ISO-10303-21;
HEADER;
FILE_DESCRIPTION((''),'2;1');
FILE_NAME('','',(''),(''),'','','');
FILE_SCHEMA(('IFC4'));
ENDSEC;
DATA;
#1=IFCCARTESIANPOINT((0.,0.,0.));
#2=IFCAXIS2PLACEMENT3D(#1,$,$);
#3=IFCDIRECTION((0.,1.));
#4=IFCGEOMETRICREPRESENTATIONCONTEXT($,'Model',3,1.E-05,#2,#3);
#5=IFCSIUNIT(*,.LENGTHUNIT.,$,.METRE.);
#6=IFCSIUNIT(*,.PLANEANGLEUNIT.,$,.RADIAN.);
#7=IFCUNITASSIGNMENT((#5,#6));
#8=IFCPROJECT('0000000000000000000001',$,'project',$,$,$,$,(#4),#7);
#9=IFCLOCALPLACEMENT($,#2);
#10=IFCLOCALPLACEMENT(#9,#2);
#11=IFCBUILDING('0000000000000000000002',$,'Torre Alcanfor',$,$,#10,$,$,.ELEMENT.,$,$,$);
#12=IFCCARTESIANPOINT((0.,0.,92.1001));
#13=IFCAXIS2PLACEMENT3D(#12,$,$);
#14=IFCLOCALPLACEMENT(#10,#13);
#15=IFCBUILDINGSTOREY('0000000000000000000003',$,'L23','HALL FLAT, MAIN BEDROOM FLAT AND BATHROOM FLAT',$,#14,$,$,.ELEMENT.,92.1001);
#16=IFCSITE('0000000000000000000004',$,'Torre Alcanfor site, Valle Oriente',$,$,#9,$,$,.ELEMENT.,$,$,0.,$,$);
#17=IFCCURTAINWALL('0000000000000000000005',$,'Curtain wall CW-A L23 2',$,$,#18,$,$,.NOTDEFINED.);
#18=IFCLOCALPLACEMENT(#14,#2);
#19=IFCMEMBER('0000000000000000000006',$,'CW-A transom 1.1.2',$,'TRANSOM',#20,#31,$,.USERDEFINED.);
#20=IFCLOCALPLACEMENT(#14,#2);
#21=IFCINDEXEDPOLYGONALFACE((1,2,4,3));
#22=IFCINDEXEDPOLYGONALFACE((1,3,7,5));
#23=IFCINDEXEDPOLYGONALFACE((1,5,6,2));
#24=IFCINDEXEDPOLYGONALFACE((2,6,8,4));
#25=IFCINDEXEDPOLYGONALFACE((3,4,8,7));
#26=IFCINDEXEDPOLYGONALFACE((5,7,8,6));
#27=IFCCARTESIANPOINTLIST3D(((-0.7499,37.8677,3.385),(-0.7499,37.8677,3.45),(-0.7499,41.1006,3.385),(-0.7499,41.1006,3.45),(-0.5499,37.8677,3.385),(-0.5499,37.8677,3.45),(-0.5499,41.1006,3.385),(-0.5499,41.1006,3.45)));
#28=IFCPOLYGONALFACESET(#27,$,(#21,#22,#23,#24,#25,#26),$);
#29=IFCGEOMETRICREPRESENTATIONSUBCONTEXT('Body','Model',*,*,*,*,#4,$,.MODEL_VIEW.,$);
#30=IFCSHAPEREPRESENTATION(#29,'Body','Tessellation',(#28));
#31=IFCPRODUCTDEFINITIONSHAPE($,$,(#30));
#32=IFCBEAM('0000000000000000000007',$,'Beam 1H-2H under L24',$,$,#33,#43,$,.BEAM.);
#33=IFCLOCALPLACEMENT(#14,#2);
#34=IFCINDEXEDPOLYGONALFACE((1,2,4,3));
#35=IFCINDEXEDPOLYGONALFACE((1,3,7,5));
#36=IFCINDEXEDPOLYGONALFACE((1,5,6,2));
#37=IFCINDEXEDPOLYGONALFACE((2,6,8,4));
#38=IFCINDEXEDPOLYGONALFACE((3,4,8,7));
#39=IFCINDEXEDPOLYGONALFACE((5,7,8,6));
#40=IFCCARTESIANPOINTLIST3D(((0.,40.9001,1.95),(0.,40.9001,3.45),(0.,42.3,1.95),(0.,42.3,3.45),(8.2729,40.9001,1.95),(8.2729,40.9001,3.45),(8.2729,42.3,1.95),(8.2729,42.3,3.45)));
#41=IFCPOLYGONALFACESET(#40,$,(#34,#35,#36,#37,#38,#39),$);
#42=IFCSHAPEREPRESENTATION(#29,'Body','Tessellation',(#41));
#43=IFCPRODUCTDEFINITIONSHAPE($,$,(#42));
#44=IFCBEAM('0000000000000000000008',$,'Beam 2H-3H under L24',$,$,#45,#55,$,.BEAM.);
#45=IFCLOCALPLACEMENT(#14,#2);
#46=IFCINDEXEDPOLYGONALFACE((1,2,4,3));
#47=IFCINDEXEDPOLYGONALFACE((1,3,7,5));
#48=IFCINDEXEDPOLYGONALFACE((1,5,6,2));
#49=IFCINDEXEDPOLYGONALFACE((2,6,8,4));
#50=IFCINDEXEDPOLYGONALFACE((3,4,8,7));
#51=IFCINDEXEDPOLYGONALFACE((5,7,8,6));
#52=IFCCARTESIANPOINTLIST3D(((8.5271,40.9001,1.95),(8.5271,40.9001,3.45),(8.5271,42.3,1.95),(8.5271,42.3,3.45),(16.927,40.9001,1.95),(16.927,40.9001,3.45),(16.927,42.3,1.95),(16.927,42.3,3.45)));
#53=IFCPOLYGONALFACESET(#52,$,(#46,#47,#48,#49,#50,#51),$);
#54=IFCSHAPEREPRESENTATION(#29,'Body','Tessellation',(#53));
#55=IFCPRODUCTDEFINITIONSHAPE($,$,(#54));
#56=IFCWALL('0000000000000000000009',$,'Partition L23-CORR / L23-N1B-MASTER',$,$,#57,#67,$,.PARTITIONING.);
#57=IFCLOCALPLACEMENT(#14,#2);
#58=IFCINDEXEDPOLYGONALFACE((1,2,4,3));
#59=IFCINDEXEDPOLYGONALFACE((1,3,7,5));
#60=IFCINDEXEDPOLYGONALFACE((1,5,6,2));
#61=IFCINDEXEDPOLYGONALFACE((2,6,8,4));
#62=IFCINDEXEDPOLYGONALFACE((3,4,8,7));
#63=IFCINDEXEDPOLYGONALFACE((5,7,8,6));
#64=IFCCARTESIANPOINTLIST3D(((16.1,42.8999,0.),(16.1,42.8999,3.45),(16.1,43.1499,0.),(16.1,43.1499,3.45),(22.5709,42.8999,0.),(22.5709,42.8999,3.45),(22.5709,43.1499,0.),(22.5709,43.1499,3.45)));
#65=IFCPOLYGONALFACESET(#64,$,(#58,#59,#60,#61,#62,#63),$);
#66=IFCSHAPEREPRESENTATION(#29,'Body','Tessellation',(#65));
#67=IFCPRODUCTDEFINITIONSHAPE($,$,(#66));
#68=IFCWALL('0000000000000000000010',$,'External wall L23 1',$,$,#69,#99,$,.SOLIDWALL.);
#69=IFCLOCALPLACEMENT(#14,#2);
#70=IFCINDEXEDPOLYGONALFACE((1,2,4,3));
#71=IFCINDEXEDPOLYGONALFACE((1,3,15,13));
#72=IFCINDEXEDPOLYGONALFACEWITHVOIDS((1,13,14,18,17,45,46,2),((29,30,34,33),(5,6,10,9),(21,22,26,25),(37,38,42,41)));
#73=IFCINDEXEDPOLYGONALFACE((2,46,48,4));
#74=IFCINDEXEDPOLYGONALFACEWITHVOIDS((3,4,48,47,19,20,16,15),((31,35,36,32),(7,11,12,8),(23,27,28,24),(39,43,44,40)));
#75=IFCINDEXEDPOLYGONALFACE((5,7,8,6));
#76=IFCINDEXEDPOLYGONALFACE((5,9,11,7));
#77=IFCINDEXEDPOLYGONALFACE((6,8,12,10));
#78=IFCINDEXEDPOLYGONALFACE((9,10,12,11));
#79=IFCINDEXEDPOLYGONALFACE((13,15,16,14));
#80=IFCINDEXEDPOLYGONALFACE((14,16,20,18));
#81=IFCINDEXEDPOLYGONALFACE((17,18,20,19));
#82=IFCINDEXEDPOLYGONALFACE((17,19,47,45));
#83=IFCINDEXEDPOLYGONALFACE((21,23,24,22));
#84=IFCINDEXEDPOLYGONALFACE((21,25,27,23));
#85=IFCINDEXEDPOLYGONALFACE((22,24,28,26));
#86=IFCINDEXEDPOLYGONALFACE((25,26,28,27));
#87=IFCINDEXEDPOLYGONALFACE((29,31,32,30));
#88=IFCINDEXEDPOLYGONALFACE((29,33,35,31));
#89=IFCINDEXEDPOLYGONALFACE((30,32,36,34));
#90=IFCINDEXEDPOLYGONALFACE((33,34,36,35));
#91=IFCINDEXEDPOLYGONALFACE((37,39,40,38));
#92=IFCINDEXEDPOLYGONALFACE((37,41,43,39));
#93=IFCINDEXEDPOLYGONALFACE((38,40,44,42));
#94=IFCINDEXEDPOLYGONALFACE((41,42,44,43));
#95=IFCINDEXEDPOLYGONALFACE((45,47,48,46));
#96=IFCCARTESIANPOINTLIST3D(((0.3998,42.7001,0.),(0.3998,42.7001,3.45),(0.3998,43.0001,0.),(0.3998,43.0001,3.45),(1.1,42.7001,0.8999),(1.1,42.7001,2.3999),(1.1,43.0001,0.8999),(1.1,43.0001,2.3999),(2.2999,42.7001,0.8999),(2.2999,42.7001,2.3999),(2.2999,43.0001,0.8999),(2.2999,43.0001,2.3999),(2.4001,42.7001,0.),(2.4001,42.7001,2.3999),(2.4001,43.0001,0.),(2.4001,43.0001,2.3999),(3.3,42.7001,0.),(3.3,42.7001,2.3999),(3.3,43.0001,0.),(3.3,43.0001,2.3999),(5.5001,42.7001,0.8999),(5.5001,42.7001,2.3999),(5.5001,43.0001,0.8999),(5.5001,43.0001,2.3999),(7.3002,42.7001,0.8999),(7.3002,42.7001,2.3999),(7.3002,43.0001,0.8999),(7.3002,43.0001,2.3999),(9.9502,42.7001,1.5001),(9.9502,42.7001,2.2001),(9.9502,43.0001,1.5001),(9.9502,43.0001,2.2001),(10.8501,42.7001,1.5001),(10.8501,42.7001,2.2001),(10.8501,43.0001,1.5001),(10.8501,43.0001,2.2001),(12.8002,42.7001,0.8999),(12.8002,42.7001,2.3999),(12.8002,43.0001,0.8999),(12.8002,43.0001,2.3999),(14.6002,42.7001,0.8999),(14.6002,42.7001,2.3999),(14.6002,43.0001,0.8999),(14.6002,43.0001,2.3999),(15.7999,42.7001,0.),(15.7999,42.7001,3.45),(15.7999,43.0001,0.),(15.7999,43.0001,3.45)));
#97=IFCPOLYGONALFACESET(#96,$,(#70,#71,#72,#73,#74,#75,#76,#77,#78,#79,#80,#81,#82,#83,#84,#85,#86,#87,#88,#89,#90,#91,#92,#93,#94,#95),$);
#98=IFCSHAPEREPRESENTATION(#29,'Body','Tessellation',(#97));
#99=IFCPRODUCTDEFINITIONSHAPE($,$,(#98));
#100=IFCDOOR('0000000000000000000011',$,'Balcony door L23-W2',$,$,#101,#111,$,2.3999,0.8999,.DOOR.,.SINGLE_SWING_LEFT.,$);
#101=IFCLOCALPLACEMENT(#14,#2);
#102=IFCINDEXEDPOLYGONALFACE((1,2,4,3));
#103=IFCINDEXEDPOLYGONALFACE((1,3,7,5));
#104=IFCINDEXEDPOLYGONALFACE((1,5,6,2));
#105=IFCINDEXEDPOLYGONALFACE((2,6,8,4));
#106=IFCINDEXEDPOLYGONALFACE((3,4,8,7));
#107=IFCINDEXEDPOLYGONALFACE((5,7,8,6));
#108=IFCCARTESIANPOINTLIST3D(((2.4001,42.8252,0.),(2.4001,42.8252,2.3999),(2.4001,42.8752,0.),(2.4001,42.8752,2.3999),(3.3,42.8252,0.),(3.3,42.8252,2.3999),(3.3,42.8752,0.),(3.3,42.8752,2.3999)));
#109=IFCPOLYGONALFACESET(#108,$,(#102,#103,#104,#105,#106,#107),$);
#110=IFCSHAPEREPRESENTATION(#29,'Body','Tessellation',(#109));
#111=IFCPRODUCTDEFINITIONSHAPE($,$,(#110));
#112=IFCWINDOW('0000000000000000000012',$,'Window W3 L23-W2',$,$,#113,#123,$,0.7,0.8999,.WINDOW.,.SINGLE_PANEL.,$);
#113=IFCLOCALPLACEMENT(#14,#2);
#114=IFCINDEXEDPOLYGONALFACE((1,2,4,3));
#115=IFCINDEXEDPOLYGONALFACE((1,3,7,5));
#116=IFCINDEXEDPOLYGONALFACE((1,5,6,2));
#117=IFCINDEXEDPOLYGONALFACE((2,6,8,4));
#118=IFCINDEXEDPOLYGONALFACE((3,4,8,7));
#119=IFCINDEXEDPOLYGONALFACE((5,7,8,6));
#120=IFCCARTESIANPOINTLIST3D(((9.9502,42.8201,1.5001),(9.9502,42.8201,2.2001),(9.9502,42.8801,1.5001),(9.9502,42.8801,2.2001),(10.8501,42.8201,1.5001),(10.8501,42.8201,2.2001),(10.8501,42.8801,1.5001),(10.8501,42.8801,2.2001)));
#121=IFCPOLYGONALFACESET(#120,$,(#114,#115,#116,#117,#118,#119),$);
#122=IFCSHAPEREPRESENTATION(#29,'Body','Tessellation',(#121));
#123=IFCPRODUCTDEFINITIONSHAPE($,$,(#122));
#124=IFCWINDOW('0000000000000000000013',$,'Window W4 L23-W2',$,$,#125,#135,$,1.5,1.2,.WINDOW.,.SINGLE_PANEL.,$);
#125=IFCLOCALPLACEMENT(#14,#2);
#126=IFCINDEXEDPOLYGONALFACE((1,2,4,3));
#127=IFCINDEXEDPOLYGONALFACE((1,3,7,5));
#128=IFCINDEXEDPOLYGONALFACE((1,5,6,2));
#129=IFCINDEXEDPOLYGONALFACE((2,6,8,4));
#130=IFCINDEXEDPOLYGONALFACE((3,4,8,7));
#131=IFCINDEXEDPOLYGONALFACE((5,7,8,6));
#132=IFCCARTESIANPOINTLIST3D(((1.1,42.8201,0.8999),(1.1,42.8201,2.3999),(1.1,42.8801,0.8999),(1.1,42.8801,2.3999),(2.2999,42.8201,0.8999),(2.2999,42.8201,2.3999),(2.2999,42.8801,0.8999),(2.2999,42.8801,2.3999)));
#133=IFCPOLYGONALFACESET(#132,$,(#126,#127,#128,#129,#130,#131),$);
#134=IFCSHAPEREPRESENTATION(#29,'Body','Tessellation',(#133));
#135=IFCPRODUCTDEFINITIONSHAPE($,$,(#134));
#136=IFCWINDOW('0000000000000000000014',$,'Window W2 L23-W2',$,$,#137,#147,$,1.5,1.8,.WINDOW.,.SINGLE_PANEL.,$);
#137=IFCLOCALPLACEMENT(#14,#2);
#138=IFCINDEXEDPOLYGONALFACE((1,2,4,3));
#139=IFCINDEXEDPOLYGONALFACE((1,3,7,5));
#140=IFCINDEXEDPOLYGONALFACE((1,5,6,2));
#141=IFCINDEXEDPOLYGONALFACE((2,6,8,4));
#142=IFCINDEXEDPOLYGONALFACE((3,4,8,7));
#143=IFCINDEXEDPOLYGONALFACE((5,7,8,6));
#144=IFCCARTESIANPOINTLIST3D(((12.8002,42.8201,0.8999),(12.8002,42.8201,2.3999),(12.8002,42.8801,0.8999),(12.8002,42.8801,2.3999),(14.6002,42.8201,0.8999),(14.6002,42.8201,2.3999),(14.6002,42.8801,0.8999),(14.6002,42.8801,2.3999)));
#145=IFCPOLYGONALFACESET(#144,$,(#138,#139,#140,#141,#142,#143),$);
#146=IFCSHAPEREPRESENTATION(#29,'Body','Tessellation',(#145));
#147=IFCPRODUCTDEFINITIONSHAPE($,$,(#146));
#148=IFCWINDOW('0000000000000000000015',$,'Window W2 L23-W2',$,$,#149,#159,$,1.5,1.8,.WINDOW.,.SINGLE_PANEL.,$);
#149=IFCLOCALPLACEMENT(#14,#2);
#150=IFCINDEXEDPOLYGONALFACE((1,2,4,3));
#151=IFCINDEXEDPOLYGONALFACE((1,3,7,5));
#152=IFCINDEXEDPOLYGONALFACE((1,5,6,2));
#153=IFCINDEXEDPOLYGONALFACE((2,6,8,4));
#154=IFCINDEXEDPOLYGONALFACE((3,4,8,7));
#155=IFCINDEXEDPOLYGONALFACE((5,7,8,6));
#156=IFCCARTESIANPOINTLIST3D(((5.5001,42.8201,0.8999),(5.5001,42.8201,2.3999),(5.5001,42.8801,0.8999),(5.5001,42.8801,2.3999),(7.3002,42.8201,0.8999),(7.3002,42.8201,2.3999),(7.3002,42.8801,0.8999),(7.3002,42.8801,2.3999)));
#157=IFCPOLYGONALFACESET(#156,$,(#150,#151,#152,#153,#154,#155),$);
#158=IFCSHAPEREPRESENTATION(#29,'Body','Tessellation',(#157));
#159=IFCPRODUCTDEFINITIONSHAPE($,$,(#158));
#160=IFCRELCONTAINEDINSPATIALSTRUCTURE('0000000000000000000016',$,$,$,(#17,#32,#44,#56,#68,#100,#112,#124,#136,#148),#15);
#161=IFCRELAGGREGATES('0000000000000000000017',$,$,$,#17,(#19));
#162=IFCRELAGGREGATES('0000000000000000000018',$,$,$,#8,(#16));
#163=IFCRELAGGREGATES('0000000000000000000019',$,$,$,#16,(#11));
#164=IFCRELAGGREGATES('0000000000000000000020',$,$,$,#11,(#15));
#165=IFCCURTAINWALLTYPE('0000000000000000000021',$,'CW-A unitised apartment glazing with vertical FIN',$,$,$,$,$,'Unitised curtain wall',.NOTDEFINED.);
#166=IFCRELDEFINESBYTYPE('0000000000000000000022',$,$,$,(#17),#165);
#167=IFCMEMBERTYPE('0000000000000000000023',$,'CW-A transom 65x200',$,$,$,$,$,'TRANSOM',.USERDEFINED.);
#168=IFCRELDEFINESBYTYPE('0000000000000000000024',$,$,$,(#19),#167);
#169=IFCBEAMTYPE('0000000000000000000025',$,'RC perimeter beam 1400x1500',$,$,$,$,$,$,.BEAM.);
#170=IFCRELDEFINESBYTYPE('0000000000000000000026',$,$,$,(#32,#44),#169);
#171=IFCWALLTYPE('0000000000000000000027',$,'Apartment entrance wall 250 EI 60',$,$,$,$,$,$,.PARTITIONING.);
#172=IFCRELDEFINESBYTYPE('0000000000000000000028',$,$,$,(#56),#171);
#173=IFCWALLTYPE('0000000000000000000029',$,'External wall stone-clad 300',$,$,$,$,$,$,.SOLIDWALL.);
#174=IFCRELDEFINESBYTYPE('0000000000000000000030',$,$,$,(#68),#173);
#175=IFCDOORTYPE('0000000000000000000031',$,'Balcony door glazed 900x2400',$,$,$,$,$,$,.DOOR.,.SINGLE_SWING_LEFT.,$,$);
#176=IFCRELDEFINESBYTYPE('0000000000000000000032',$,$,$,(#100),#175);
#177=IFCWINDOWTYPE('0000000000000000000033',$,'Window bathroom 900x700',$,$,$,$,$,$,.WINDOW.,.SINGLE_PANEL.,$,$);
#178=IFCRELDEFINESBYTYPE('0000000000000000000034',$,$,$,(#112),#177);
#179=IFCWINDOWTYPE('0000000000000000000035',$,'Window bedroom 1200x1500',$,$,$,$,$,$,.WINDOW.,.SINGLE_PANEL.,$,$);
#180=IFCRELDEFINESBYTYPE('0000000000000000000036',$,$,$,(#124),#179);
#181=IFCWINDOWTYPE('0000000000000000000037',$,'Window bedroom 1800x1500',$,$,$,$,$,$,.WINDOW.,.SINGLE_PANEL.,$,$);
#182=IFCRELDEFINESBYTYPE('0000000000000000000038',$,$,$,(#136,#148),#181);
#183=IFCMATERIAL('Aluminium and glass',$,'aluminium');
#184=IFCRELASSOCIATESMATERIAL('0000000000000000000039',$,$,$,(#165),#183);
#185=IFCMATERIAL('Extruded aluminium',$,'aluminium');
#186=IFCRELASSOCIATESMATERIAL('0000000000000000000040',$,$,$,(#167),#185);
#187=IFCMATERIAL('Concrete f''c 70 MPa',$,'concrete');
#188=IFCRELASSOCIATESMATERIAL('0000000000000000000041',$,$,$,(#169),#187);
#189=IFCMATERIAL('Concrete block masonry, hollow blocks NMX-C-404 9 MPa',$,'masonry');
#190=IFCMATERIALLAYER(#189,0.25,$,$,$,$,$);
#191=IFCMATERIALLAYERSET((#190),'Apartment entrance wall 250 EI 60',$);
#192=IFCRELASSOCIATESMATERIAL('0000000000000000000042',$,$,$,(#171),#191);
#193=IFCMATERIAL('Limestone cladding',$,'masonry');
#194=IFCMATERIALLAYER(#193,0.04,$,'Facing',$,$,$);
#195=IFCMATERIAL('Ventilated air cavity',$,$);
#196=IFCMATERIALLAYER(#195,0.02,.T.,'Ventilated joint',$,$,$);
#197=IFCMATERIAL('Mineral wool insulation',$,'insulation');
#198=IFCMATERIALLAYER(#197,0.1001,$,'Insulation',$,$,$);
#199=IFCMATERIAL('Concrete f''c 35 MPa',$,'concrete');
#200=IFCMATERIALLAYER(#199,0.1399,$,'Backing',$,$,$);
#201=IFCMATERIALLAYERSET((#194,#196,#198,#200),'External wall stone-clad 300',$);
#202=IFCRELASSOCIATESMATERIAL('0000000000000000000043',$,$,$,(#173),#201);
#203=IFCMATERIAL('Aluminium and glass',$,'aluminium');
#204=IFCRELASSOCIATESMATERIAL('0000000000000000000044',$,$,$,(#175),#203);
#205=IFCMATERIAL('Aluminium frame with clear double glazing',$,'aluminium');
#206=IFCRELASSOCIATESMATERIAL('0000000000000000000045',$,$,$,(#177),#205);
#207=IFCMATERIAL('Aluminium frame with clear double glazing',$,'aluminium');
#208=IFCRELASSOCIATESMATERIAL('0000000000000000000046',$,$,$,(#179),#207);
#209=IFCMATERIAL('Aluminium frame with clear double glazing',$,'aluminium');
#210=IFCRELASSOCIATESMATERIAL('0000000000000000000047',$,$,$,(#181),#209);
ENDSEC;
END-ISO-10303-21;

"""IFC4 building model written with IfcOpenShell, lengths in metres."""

from ifc_helpers import new_model, si_unit, direction, frame, frame_2d, origin, origin_2d, place, context, subcontext, project, spatial, rectangle, extrude, material, layer, layer_set, material_profile, profile_set, type_object, element, fill, aggregate, save


model = new_model("IFC4")

# Units and contexts
model_context = context("Model", 3, precision=1e-05, world=origin(), true_north=direction((0.0, 1.0)))
body_context = subcontext(model_context, "Body", "Model", "MODEL_VIEW")
ifc_project = project(units=[si_unit("LENGTHUNIT", "METRE"), si_unit("PLANEANGLEUNIT", "RADIAN")], contexts=[model_context])

# Site, building, storey
site_placement = place(None, origin())
site = spatial("IfcSite", under=ifc_project, at=site_placement, Name="Torre Alcanfor site, Valle Oriente", CompositionType="ELEMENT", RefElevation=0.0)
building_placement = place(site_placement, origin())
building = spatial("IfcBuilding", under=site, at=building_placement, Name="Torre Alcanfor", CompositionType="ELEMENT")
storey_placement = place(building_placement, frame((0.0, 0.0, 92.1001)))
storey = spatial("IfcBuildingStorey", under=building, at=storey_placement, Name="L23", Description="HALL FLAT, MAIN BEDROOM FLAT AND BATHROOM FLAT", CompositionType="ELEMENT", Elevation=92.1001)

# Curtain wall, member
ifc_material_1 = material(Name="Aluminium and glass", Category="aluminium")
curtain_wall_type = type_object("IfcCurtainWallType", Name="CW-A unitised apartment glazing with vertical FIN", ElementType="Unitised curtain wall", PredefinedType="NOTDEFINED", material=ifc_material_1)
curtain_wall_placement = place(storey_placement, origin())
curtain_wall = element("IfcCurtainWall", 1, at=curtain_wall_placement, inside=storey, type_object=curtain_wall_type, Name="Curtain wall CW-A L23 2", PredefinedType="NOTDEFINED")
ifc_material_2 = material(Name="Extruded aluminium", Category="aluminium")
ifc_material_profile_1 = material_profile(ifc_material_2, rectangle(XDim=0.2, YDim=0.0649, at=origin_2d()), Name="CW-A transom 200x65")
ifc_profile_set_1 = profile_set([ifc_material_profile_1], Name="Extruded aluminium")
member_type_1 = type_object("IfcMemberType", Name="CW-A transom 65x200", ElementType="TRANSOM", PredefinedType="USERDEFINED", material=ifc_profile_set_1)
member_1_placement = place(storey_placement, frame((-0.6499, 41.1006, 3.4175), z_axis=(0.0, -1.0, 0.0), x_axis=(1.0, 0.0, 0.0)))
member_1 = element("IfcMember", 2, at=member_1_placement, type_object=member_type_1, Name="CW-A transom 1.1.2", ObjectType="TRANSOM", PredefinedType="USERDEFINED", context=body_context, shape_type="SweptSolid", body=[
    extrude(rectangle(XDim=0.2, YDim=0.0649, at=origin_2d()), origin(), (0.0, 0.0, 1.0), 3.2329),
])
aggregate(curtain_wall, [member_1])

# Beams
ifc_material_3 = material(Name="Concrete f'c 70 MPa", Category="concrete")
ifc_material_profile_2 = material_profile(ifc_material_3, rectangle(XDim=1.3999, YDim=1.5, at=origin_2d()), Name="1400x1500")
ifc_profile_set_2 = profile_set([ifc_material_profile_2], Name="Concrete f'c 70 MPa")
beam_type_1 = type_object("IfcBeamType", Name="RC perimeter beam 1400x1500", PredefinedType="BEAM", material=ifc_profile_set_2)
beam_1_placement = place(storey_placement, frame((0.0, 41.6001, 2.7), z_axis=(1.0, 0.0, 0.0), x_axis=(0.0, 1.0, 0.0)))
element("IfcBeam", 3, at=beam_1_placement, inside=storey, type_object=beam_type_1, Name="Beam 1H-2H under L24", PredefinedType="BEAM", context=body_context, shape_type="SweptSolid", body=[
    extrude(rectangle(XDim=1.3999, YDim=1.5, at=origin_2d()), origin(), (0.0, 0.0, 1.0), 8.2729),
])
beam_2_placement = place(storey_placement, frame((8.5271, 41.6001, 2.7), z_axis=(1.0, 0.0, 0.0), x_axis=(0.0, 1.0, 0.0)))
element("IfcBeam", 4, at=beam_2_placement, inside=storey, type_object=beam_type_1, Name="Beam 2H-3H under L24", PredefinedType="BEAM", context=body_context, shape_type="SweptSolid", body=[
    extrude(rectangle(XDim=1.3999, YDim=1.5, at=origin_2d()), origin(), (0.0, 0.0, 1.0), 8.3999),
])

# Wall
ifc_material_4 = material(Name="Concrete block masonry, hollow blocks NMX-C-404 9 MPa", Category="masonry")
ifc_layer_1 = layer(ifc_material_4, 0.25)
ifc_layer_set_1 = layer_set([ifc_layer_1], Name="Apartment entrance wall 250 EI 60")
wall_type_1 = type_object("IfcWallType", Name="Apartment entrance wall 250 EI 60", PredefinedType="PARTITIONING", material=ifc_layer_set_1)
wall_1_placement = place(storey_placement, frame((16.1001, 43.0249, 0.0), z_axis=(0.0, 0.0, 1.0), x_axis=(1.0, 0.0, 0.0)))
element("IfcWall", 5, at=wall_1_placement, inside=storey, type_object=wall_type_1, Name="Partition L23-CORR / L23-N1B-MASTER", PredefinedType="PARTITIONING", context=body_context, shape_type="SweptSolid", body=[
    extrude(rectangle(XDim=6.4709, YDim=0.25, at=frame_2d((3.2354, 0.0))), origin(), (0.0, 0.0, 1.0), 3.45),
])

# Wall, openings, door, windows
ifc_material_5 = material(Name="Limestone cladding", Category="masonry")
ifc_layer_2 = layer(ifc_material_5, 0.04, Name="Facing")
ifc_material_6 = material(Name="Ventilated air cavity")
ifc_layer_3 = layer(ifc_material_6, 0.02, ventilated=True, Name="Ventilated joint")
ifc_material_7 = material(Name="Mineral wool insulation", Category="insulation")
ifc_layer_4 = layer(ifc_material_7, 0.1001, Name="Insulation")
ifc_material_8 = material(Name="Concrete f'c 35 MPa", Category="concrete")
ifc_layer_5 = layer(ifc_material_8, 0.1399, Name="Backing")
ifc_layer_set_2 = layer_set([ifc_layer_2, ifc_layer_3, ifc_layer_4, ifc_layer_5], Name="External wall stone-clad 300")
wall_type_2 = type_object("IfcWallType", Name="External wall stone-clad 300", PredefinedType="SOLIDWALL", material=ifc_layer_set_2)
wall_2_placement = place(storey_placement, frame((15.8, 42.8501, 0.0), z_axis=(0.0, 0.0, 1.0), x_axis=(-1.0, 0.0, 0.0)))
wall_2 = element("IfcWall", 6, at=wall_2_placement, inside=storey, type_object=wall_type_2, Name="External wall L23 1", PredefinedType="SOLIDWALL", context=body_context, shape_type="SweptSolid", body=[
    extrude(rectangle(XDim=15.4001, YDim=0.3, at=frame_2d((7.7002, 0.0))), origin(), (0.0, 0.0, 1.0), 3.45),
])
opening_1_placement = place(wall_2_placement, frame((1.2, 0.0, 0.8999)))
opening_1 = element("IfcOpeningElement", 7, at=opening_1_placement, cuts=wall_2, PredefinedType="OPENING", context=body_context, shape_type="SweptSolid", body=[
    extrude(rectangle(XDim=1.8, YDim=1.5, at=frame_2d((0.8999, 0.75))), frame((0.0, 0.1599, 0.0), z_axis=(0.0, -1.0, 0.0), x_axis=(1.0, 0.0, 0.0)), (0.0, 0.0, 1.0), 0.3201),
])
opening_2_placement = place(wall_2_placement, frame((4.95, 0.0, 1.5)))
opening_2 = element("IfcOpeningElement", 8, at=opening_2_placement, cuts=wall_2, PredefinedType="OPENING", context=body_context, shape_type="SweptSolid", body=[
    extrude(rectangle(XDim=0.8999, YDim=0.7, at=frame_2d((0.45, 0.3501))), frame((0.0, 0.1599, 0.0), z_axis=(0.0, -1.0, 0.0), x_axis=(1.0, 0.0, 0.0)), (0.0, 0.0, 1.0), 0.3201),
])
opening_3_placement = place(wall_2_placement, frame((8.5, 0.0, 0.8999)))
opening_3 = element("IfcOpeningElement", 9, at=opening_3_placement, cuts=wall_2, PredefinedType="OPENING", context=body_context, shape_type="SweptSolid", body=[
    extrude(rectangle(XDim=1.8, YDim=1.5, at=frame_2d((0.8999, 0.75))), frame((0.0, 0.1599, 0.0), z_axis=(0.0, -1.0, 0.0), x_axis=(1.0, 0.0, 0.0)), (0.0, 0.0, 1.0), 0.3201),
])
opening_4_placement = place(wall_2_placement, frame((12.5, 0.0, 0.0)))
opening_4 = element("IfcOpeningElement", 10, at=opening_4_placement, cuts=wall_2, PredefinedType="OPENING", context=body_context, shape_type="SweptSolid", body=[
    extrude(rectangle(XDim=0.8999, YDim=2.3999, at=frame_2d((0.45, 1.2))), frame((0.0, 0.1599, 0.0), z_axis=(0.0, -1.0, 0.0), x_axis=(1.0, 0.0, 0.0)), (0.0, 0.0, 1.0), 0.3201),
])
opening_5_placement = place(wall_2_placement, frame((13.5, 0.0, 0.8999)))
opening_5 = element("IfcOpeningElement", 11, at=opening_5_placement, cuts=wall_2, PredefinedType="OPENING", context=body_context, shape_type="SweptSolid", body=[
    extrude(rectangle(XDim=1.2, YDim=1.5, at=frame_2d((0.6001, 0.75))), frame((0.0, 0.1599, 0.0), z_axis=(0.0, -1.0, 0.0), x_axis=(1.0, 0.0, 0.0)), (0.0, 0.0, 1.0), 0.3201),
])
ifc_material_9 = material(Name="Aluminium and glass", Category="aluminium")
door_type = type_object("IfcDoorType", Name="Balcony door glazed 900x2400", OperationType="SINGLE_SWING_LEFT", PredefinedType="DOOR", material=ifc_material_9)
door_1_placement = place(opening_4_placement, origin())
door_1 = element("IfcDoor", 12, at=door_1_placement, inside=storey, type_object=door_type, Name="Balcony door L23-W2", OperationType="SINGLE_SWING_LEFT", OverallHeight=2.3999, OverallWidth=0.8999, PredefinedType="DOOR", context=body_context, shape_type="SweptSolid", body=[
    extrude(rectangle(XDim=0.8999, YDim=2.3999, at=frame_2d((0.45, 1.2))), frame((0.0, 0.0249, 0.0), z_axis=(0.0, -1.0, 0.0), x_axis=(1.0, 0.0, 0.0)), (0.0, 0.0, 1.0), 0.05),
])
fill(opening_4, door_1)
ifc_material_10 = material(Name="Aluminium frame with clear double glazing", Category="aluminium")
window_type_1 = type_object("IfcWindowType", Name="Window bathroom 900x700", PartitioningType="SINGLE_PANEL", PredefinedType="WINDOW", material=ifc_material_10)
window_1_placement = place(opening_2_placement, origin())
window_1 = element("IfcWindow", 13, at=window_1_placement, inside=storey, type_object=window_type_1, Name="Window W3 L23-W2", OverallHeight=0.7, OverallWidth=0.8999, PartitioningType="SINGLE_PANEL", PredefinedType="WINDOW", context=body_context, shape_type="SweptSolid", body=[
    extrude(rectangle(XDim=0.8999, YDim=0.7, at=frame_2d((0.45, 0.3501))), frame((0.0, 0.03, 0.0), z_axis=(0.0, -1.0, 0.0), x_axis=(1.0, 0.0, 0.0)), (0.0, 0.0, 1.0), 0.0601),
])
fill(opening_2, window_1)
ifc_material_11 = material(Name="Aluminium frame with clear double glazing", Category="aluminium")
window_type_2 = type_object("IfcWindowType", Name="Window bedroom 1200x1500", PartitioningType="SINGLE_PANEL", PredefinedType="WINDOW", material=ifc_material_11)
window_2_placement = place(opening_5_placement, origin())
window_2 = element("IfcWindow", 14, at=window_2_placement, inside=storey, type_object=window_type_2, Name="Window W4 L23-W2", OverallHeight=1.5, OverallWidth=1.2, PartitioningType="SINGLE_PANEL", PredefinedType="WINDOW", context=body_context, shape_type="SweptSolid", body=[
    extrude(rectangle(XDim=1.2, YDim=1.5, at=frame_2d((0.6001, 0.75))), frame((0.0, 0.03, 0.0), z_axis=(0.0, -1.0, 0.0), x_axis=(1.0, 0.0, 0.0)), (0.0, 0.0, 1.0), 0.0601),
])
fill(opening_5, window_2)
ifc_material_12 = material(Name="Aluminium frame with clear double glazing", Category="aluminium")
window_type_3 = type_object("IfcWindowType", Name="Window bedroom 1800x1500", PartitioningType="SINGLE_PANEL", PredefinedType="WINDOW", material=ifc_material_12)
window_3_placement = place(opening_1_placement, origin())
window_3 = element("IfcWindow", 15, at=window_3_placement, inside=storey, type_object=window_type_3, Name="Window W2 L23-W2", OverallHeight=1.5, OverallWidth=1.8, PartitioningType="SINGLE_PANEL", PredefinedType="WINDOW", context=body_context, shape_type="SweptSolid", body=[
    extrude(rectangle(XDim=1.8, YDim=1.5, at=frame_2d((0.8999, 0.75))), frame((0.0, 0.03, 0.0), z_axis=(0.0, -1.0, 0.0), x_axis=(1.0, 0.0, 0.0)), (0.0, 0.0, 1.0), 0.0601),
])
fill(opening_1, window_3)
window_4_placement = place(opening_3_placement, origin())
window_4 = element("IfcWindow", 16, at=window_4_placement, inside=storey, type_object=window_type_3, Name="Window W2 L23-W2", OverallHeight=1.5, OverallWidth=1.8, PartitioningType="SINGLE_PANEL", PredefinedType="WINDOW", context=body_context, shape_type="SweptSolid", body=[
    extrude(rectangle(XDim=1.8, YDim=1.5, at=frame_2d((0.8999, 0.75))), frame((0.0, 0.03, 0.0), z_axis=(0.0, -1.0, 0.0), x_axis=(1.0, 0.0, 0.0)), (0.0, 0.0, 1.0), 0.0601),
])
fill(opening_3, window_4)

save(model, "model.ifc")
